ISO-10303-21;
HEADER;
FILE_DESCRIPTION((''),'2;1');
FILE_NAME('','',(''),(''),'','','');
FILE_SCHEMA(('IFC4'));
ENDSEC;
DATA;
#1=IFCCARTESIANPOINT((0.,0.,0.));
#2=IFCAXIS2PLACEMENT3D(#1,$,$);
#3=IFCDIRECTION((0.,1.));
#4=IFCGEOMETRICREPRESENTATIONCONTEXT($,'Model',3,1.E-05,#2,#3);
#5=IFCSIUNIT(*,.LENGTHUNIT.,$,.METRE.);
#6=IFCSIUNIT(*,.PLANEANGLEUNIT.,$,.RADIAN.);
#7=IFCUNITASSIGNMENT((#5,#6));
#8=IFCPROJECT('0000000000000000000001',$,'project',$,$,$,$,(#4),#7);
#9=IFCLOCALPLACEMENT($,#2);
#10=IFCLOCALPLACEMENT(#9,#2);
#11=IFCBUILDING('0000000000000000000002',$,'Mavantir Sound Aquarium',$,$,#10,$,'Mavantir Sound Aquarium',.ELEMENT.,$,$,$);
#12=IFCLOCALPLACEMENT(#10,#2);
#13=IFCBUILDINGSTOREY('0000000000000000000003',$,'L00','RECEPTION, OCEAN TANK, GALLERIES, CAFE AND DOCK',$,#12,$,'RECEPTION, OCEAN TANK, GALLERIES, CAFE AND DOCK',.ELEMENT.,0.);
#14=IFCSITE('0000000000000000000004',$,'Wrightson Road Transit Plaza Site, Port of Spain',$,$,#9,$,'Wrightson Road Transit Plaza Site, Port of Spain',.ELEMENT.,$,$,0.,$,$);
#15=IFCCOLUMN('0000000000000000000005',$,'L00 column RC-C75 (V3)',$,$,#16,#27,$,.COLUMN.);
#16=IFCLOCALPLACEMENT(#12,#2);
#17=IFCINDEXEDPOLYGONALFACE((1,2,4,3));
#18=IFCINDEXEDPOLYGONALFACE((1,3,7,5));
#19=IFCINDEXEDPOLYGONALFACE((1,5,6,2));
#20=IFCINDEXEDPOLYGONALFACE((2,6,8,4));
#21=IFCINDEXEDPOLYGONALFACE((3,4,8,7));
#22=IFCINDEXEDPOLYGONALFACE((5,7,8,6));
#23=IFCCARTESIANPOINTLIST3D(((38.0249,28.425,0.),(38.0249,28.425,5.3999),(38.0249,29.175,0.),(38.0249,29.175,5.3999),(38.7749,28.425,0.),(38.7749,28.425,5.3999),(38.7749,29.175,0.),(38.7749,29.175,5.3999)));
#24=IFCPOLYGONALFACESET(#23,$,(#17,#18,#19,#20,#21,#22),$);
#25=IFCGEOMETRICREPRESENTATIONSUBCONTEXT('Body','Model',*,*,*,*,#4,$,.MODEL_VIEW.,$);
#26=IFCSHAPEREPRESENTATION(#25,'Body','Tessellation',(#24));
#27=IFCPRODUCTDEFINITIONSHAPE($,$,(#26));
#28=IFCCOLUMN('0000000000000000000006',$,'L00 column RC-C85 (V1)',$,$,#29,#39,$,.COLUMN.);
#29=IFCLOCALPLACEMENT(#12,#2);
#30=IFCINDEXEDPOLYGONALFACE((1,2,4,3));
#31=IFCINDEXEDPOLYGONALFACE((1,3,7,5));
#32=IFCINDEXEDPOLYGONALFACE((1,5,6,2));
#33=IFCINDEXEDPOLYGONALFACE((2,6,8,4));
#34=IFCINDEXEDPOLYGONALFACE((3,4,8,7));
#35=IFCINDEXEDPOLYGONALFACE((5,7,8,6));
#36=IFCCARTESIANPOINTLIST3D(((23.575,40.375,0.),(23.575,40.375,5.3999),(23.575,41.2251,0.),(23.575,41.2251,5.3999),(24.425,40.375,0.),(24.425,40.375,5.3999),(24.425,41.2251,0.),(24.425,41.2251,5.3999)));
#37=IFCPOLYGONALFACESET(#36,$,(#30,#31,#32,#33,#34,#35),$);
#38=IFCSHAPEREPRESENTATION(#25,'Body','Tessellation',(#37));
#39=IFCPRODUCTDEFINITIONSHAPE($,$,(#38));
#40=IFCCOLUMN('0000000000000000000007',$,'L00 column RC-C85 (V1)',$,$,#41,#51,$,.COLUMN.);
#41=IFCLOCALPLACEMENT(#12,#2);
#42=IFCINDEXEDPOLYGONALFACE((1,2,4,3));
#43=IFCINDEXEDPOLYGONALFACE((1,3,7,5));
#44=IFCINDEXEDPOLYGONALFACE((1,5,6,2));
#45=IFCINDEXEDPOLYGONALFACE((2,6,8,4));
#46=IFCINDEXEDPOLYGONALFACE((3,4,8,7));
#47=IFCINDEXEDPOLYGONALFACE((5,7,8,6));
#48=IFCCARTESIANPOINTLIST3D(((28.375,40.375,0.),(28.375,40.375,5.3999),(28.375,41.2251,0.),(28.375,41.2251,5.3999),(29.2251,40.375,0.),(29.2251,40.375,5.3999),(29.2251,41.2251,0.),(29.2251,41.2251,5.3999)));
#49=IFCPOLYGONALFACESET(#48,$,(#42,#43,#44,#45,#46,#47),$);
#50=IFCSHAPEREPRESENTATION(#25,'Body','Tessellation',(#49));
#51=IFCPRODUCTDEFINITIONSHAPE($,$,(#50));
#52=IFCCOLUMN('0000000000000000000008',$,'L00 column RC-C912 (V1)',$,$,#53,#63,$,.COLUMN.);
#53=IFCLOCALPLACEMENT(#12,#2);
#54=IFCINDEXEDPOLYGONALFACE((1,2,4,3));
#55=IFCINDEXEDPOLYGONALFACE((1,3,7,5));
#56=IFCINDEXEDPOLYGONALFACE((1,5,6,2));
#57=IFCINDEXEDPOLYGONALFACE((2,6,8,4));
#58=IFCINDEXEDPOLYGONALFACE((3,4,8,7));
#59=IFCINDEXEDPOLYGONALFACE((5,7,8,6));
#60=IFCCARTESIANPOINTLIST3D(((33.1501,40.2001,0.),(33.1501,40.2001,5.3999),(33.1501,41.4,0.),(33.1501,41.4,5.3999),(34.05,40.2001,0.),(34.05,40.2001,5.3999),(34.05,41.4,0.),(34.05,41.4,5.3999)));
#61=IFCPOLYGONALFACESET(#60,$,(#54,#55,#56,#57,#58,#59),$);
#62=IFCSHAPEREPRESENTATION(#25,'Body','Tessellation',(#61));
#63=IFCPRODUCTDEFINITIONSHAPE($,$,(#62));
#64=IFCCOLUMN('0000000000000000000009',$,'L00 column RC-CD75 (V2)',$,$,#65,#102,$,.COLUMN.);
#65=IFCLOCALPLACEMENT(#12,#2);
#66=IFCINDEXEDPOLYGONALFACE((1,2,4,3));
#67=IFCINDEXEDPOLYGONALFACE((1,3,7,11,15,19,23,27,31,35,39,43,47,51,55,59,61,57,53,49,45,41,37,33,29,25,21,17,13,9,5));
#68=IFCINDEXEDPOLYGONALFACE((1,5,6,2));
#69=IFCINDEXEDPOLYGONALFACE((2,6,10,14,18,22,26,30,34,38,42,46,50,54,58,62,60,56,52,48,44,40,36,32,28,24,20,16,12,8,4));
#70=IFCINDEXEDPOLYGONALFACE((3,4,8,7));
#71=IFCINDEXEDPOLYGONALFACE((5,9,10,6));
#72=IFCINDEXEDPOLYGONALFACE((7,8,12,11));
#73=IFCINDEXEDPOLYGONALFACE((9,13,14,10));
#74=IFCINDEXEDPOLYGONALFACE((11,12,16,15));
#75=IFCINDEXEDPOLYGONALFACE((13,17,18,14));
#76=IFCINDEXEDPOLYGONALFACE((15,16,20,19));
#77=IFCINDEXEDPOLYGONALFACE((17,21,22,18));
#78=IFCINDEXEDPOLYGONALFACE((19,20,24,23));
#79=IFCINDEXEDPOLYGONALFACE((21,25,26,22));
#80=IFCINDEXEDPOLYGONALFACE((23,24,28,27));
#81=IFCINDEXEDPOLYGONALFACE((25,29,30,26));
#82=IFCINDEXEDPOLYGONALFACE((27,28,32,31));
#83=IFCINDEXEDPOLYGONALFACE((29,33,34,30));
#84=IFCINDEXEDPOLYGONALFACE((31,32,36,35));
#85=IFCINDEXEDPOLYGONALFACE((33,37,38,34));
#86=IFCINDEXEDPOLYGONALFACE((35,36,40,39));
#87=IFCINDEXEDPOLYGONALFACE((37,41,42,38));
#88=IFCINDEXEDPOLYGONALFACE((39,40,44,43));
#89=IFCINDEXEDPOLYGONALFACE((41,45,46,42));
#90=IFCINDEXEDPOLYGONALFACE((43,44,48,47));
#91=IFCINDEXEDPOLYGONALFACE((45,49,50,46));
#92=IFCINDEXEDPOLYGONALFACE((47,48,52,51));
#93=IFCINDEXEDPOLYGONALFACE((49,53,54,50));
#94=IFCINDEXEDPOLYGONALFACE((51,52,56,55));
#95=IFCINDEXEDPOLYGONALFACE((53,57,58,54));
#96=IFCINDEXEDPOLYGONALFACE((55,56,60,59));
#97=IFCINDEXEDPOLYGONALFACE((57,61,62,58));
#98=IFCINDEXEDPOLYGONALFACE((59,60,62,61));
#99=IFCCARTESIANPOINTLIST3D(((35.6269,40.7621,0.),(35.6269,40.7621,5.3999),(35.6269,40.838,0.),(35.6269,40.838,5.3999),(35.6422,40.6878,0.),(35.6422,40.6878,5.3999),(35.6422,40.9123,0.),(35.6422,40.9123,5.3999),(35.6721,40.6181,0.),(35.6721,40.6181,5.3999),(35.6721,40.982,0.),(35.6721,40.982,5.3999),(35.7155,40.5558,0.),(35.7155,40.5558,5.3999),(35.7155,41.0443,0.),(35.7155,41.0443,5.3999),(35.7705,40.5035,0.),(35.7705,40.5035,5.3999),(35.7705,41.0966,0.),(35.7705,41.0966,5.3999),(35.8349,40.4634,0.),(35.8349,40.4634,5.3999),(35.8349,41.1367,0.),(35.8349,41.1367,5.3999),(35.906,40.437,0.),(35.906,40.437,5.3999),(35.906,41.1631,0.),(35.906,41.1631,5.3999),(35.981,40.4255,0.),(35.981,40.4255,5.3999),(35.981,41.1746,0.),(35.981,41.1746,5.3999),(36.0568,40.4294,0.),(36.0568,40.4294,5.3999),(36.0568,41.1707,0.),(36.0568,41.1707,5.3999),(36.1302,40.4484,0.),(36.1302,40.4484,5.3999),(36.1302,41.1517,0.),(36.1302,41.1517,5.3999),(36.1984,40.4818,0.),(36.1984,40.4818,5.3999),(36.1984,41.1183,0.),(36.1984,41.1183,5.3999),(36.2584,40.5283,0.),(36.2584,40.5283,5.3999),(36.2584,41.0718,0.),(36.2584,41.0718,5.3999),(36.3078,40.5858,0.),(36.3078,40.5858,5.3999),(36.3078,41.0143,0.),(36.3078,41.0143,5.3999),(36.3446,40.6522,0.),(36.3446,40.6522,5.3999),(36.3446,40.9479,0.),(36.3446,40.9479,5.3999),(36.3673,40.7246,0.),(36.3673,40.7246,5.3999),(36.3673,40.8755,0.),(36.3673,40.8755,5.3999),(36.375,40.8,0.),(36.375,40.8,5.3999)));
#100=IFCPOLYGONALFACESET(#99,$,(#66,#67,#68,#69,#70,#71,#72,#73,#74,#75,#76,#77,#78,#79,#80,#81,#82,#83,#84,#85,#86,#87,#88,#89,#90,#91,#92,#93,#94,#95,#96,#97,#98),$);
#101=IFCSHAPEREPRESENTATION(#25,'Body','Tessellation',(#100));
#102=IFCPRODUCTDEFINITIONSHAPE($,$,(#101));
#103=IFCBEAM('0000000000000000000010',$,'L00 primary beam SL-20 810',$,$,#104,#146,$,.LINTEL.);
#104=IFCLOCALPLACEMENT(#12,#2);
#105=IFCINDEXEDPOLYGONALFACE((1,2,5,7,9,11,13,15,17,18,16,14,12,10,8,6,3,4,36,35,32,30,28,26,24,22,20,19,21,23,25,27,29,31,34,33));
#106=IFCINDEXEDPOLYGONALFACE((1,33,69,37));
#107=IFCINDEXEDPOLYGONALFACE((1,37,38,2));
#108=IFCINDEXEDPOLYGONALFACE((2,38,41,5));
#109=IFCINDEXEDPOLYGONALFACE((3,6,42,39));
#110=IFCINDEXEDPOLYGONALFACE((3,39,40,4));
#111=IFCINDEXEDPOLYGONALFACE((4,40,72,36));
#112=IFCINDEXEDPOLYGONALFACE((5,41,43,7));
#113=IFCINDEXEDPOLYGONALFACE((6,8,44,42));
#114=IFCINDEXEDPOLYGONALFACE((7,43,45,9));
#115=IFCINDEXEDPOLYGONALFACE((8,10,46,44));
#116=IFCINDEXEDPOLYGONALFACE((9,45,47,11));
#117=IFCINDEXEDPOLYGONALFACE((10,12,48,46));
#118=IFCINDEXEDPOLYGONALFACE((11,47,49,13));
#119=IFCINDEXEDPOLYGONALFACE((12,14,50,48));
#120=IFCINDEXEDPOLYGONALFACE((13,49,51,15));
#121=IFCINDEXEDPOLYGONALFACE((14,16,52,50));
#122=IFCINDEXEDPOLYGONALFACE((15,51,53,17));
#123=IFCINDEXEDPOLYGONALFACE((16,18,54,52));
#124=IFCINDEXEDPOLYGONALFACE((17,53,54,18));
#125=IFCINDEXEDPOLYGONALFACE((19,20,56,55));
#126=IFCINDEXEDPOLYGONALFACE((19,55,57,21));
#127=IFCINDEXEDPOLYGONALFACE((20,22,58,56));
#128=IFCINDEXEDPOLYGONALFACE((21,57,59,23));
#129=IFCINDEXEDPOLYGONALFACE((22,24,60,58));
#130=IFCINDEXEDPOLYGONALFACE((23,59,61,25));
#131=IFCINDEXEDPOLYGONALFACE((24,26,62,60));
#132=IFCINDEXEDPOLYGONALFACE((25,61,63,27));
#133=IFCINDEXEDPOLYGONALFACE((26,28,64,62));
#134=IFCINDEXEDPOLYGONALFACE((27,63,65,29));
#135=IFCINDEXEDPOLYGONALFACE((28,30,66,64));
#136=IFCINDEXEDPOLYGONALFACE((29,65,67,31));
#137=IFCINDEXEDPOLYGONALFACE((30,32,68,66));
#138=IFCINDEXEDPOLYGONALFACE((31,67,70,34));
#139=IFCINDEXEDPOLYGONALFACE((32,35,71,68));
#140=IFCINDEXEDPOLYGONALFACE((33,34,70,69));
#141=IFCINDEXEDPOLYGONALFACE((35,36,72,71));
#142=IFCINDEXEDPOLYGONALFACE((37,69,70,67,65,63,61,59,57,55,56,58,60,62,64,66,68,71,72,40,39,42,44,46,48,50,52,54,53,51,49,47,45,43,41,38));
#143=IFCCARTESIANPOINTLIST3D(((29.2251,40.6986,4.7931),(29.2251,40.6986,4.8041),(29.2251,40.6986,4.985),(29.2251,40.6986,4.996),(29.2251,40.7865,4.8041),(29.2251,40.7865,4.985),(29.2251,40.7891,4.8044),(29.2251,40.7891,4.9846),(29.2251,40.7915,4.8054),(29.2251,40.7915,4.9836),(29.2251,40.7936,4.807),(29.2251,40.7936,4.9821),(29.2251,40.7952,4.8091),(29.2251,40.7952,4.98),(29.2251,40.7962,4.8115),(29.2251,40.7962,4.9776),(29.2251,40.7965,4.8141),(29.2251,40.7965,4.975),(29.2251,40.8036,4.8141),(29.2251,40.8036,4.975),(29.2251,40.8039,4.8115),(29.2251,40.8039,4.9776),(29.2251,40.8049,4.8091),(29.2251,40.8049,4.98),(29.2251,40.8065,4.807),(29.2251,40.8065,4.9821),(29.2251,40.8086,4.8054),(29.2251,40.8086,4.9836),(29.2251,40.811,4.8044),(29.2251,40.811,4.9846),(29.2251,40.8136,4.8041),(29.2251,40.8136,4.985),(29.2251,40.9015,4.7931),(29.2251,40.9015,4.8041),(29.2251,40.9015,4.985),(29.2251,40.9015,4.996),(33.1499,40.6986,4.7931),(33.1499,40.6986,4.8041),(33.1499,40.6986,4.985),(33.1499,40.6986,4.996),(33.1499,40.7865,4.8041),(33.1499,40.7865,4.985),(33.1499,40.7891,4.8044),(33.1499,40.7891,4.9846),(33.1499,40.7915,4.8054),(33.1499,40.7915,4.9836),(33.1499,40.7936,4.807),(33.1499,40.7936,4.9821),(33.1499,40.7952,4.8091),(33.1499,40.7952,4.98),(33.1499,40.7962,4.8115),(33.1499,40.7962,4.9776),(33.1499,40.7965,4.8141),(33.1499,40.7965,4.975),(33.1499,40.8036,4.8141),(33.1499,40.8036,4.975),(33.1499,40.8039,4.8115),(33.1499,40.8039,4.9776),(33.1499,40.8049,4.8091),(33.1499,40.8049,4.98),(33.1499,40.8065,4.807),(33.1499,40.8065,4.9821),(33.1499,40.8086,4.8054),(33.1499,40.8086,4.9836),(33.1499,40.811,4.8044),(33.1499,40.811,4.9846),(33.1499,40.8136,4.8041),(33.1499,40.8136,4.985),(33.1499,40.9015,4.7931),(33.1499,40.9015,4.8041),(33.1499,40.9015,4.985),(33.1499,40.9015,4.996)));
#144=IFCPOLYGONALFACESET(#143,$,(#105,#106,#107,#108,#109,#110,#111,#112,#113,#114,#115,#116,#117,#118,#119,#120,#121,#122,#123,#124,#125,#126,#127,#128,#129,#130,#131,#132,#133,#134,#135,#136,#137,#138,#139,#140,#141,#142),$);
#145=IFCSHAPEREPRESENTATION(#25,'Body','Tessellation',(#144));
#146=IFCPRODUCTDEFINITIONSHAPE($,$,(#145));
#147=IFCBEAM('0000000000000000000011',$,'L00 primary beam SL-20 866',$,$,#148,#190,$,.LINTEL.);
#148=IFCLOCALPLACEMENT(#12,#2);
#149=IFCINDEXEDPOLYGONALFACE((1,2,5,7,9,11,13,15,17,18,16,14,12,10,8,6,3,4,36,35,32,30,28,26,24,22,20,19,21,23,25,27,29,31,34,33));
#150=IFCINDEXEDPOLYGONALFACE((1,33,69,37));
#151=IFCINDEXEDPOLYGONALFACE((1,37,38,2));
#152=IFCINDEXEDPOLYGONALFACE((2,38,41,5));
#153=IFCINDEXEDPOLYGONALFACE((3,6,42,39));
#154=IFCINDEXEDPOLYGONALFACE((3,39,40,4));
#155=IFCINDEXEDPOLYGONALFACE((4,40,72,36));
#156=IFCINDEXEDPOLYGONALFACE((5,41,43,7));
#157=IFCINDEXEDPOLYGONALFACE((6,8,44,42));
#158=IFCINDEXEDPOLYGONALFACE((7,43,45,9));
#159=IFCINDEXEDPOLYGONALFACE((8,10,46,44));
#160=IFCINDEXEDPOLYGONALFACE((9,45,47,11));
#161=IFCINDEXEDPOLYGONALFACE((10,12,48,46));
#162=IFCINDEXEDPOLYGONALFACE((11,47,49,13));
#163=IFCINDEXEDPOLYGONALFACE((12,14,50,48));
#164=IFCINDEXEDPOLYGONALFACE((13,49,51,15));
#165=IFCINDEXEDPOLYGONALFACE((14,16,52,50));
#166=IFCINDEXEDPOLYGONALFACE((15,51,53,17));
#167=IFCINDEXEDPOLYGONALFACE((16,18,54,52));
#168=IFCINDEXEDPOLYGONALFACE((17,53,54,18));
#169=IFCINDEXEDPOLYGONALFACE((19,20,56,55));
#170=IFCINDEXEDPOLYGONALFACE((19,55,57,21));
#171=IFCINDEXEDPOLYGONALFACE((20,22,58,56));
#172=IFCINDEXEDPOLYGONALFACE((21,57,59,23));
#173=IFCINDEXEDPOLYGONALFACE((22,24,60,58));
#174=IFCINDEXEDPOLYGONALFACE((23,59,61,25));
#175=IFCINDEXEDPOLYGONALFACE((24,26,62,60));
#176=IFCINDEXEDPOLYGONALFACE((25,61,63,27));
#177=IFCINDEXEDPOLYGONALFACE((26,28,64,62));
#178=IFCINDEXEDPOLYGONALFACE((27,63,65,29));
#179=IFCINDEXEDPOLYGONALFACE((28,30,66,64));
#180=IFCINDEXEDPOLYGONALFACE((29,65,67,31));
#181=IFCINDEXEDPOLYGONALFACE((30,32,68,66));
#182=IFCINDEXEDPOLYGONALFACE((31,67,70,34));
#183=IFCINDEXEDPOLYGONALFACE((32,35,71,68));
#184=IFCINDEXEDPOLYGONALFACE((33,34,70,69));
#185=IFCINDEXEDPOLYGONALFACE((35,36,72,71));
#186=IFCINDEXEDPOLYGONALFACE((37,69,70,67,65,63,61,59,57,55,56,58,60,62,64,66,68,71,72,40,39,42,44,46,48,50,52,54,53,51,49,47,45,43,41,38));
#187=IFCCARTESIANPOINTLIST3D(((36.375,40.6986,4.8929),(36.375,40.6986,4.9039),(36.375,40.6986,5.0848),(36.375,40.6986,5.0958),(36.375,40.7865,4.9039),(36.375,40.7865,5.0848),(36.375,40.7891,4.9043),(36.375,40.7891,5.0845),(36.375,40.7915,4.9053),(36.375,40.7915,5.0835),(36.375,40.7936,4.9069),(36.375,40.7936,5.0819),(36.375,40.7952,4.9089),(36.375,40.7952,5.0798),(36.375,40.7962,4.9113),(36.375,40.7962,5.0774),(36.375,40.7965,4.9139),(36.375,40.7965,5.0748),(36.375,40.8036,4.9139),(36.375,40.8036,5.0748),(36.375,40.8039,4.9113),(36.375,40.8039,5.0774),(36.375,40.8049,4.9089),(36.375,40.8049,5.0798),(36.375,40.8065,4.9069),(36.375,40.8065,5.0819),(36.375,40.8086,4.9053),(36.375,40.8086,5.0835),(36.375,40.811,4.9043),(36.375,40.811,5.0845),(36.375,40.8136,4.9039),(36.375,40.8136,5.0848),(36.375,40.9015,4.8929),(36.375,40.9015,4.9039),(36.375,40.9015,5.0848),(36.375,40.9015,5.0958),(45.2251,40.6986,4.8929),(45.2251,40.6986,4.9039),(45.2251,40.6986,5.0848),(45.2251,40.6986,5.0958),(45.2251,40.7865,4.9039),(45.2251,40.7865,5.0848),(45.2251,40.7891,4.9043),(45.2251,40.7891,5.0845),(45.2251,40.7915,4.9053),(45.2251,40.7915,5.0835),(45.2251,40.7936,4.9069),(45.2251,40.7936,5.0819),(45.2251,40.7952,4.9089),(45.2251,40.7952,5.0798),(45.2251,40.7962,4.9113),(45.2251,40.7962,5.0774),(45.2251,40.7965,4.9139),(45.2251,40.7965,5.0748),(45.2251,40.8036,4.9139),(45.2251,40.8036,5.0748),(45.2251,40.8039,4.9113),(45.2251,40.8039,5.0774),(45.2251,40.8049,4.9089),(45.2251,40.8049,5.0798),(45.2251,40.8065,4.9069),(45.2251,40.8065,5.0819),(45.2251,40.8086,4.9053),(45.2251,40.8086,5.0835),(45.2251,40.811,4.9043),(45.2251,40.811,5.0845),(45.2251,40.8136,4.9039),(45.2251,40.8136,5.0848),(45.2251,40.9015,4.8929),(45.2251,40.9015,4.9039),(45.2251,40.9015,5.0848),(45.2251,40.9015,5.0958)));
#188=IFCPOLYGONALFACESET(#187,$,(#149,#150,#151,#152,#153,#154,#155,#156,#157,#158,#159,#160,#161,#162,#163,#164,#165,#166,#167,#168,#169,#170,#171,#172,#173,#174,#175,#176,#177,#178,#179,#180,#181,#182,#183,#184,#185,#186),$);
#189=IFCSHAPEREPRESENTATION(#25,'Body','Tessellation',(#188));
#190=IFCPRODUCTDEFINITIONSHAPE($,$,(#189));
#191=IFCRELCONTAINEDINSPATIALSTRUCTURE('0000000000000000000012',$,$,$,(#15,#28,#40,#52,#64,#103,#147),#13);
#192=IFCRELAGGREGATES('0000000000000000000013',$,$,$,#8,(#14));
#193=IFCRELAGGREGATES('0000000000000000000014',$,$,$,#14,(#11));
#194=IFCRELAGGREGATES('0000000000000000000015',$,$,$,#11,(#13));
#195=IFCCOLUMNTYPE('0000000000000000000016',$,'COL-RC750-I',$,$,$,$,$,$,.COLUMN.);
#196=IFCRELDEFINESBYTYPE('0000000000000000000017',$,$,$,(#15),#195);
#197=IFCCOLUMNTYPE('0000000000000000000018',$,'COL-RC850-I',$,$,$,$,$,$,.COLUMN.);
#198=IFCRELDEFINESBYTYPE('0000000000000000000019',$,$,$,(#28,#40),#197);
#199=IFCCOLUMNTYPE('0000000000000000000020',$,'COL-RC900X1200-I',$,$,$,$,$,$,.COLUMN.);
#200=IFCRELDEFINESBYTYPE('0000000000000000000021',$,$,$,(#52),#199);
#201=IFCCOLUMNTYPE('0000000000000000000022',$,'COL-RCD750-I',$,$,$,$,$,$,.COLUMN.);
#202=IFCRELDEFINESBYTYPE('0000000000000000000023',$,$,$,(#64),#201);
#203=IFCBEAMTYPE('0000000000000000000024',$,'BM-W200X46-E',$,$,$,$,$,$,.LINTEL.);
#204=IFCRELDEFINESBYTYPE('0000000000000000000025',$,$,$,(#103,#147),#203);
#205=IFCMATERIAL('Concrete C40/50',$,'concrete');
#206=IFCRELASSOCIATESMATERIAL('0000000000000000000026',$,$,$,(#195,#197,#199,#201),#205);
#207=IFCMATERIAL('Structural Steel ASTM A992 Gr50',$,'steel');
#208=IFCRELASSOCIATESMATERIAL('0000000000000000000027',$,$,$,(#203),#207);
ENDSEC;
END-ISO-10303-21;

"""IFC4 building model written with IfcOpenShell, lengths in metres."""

from ifc_helpers import new_model, si_unit, direction, frame, origin, origin_2d, place, context, subcontext, project, spatial, rectangle, circle, i_section, extrude, material, material_profile, profile_set, type_object, element, save


model = new_model("IFC4")

# Units and contexts
model_context = context("Model", 3, precision=1e-05, world=origin(), true_north=direction((0.0, 1.0)))
body_context = subcontext(model_context, "Body", "Model", "MODEL_VIEW")
ifc_project = project(units=[si_unit("LENGTHUNIT", "METRE"), si_unit("PLANEANGLEUNIT", "RADIAN")], contexts=[model_context])

# Site, building, storey
site_placement = place(None, origin())
site = spatial("IfcSite", under=ifc_project, at=site_placement, Name="Wrightson Road Transit Plaza Site, Port of Spain", LongName="Wrightson Road Transit Plaza Site, Port of Spain", CompositionType="ELEMENT", RefElevation=0.0)
building_placement = place(site_placement, origin())
building = spatial("IfcBuilding", under=site, at=building_placement, Name="Mavantir Sound Aquarium", LongName="Mavantir Sound Aquarium", CompositionType="ELEMENT")
storey_placement = place(building_placement, origin())
storey = spatial("IfcBuildingStorey", under=building, at=storey_placement, Name="L00", Description="RECEPTION, OCEAN TANK, GALLERIES, CAFE AND DOCK", LongName="RECEPTION, OCEAN TANK, GALLERIES, CAFE AND DOCK", CompositionType="ELEMENT", Elevation=0.0)

# Columns
ifc_material_1 = material(Name="Concrete C40/50", Category="concrete")
ifc_material_profile_1 = material_profile(ifc_material_1, rectangle(XDim=0.75, YDim=0.75, at=origin_2d()), Name="RC 750X750")
ifc_profile_set_1 = profile_set([ifc_material_profile_1], Name="Concrete C40/50")
column_type_1 = type_object("IfcColumnType", Name="COL-RC750-I", PredefinedType="COLUMN", material=ifc_profile_set_1)
column_1_placement = place(storey_placement, frame((38.3999, 28.8, 0.0), z_axis=(0.0, 0.0, 1.0), x_axis=(1.0, 0.0, 0.0)))
element("IfcColumn", 1, at=column_1_placement, inside=storey, type_object=column_type_1, Name="L00 column RC-C75 (V3)", PredefinedType="COLUMN", context=body_context, shape_type="SweptSolid", body=[
    extrude(rectangle(XDim=0.75, YDim=0.75, at=origin_2d()), origin(), (0.0, 0.0, 1.0), 5.3999),
])
ifc_material_profile_2 = material_profile(ifc_material_1, rectangle(XDim=0.8501, YDim=0.8501, at=origin_2d()), Name="RC 850X850")
ifc_profile_set_2 = profile_set([ifc_material_profile_2], Name="Concrete C40/50")
column_type_2 = type_object("IfcColumnType", Name="COL-RC850-I", PredefinedType="COLUMN", material=ifc_profile_set_2)
for number, where, z_axis, x_axis, name in (
    (2, (24.0, 40.8, 0.0), (0.0, 0.0, 1.0), (1.0, 0.0, 0.0), "L00 column RC-C85 (V1)"),
    (3, (28.8, 40.8, 0.0), (0.0, 0.0, 1.0), (1.0, 0.0, 0.0), "L00 column RC-C85 (V1)"),
):
    element("IfcColumn", number, at=place(storey_placement, frame(where, z_axis=z_axis, x_axis=x_axis)), inside=storey, type_object=column_type_2, Name=name, PredefinedType="COLUMN", context=body_context, shape_type="SweptSolid", body=[
        extrude(rectangle(XDim=0.8501, YDim=0.8501, at=origin_2d()), origin(), (0.0, 0.0, 1.0), 5.3999),
    ])
ifc_material_profile_3 = material_profile(ifc_material_1, rectangle(XDim=0.8999, YDim=1.2, at=origin_2d()), Name="RC 900X1200")
ifc_profile_set_3 = profile_set([ifc_material_profile_3], Name="Concrete C40/50")
column_type_3 = type_object("IfcColumnType", Name="COL-RC900X1200-I", PredefinedType="COLUMN", material=ifc_profile_set_3)
column_2_placement = place(storey_placement, frame((33.6001, 40.8, 0.0), z_axis=(0.0, 0.0, 1.0), x_axis=(1.0, 0.0, 0.0)))
element("IfcColumn", 4, at=column_2_placement, inside=storey, type_object=column_type_3, Name="L00 column RC-C912 (V1)", PredefinedType="COLUMN", context=body_context, shape_type="SweptSolid", body=[
    extrude(rectangle(XDim=0.8999, YDim=1.2, at=origin_2d()), origin(), (0.0, 0.0, 1.0), 5.3999),
])
ifc_material_profile_4 = material_profile(ifc_material_1, circle(Radius=0.375, at=origin_2d()), Name="RC D750")
ifc_profile_set_4 = profile_set([ifc_material_profile_4], Name="Concrete C40/50")
column_type_4 = type_object("IfcColumnType", Name="COL-RCD750-I", PredefinedType="COLUMN", material=ifc_profile_set_4)
column_3_placement = place(storey_placement, frame((36.0, 40.8, 0.0), z_axis=(0.0, 0.0, 1.0), x_axis=(1.0, 0.0, 0.0)))
element("IfcColumn", 5, at=column_3_placement, inside=storey, type_object=column_type_4, Name="L00 column RC-CD75 (V2)", PredefinedType="COLUMN", context=body_context, shape_type="SweptSolid", body=[
    extrude(circle(Radius=0.375, at=origin_2d()), origin(), (0.0, 0.0, 1.0), 5.3999),
])

# Beams
ifc_material_2 = material(Name="Structural Steel ASTM A992 Gr50", Category="steel")
ifc_material_profile_5 = material_profile(ifc_material_2, i_section(OverallWidth=0.2029, OverallDepth=0.2029, WebThickness=0.0071, FlangeThickness=0.011, FilletRadius=0.01, at=origin_2d()), Name="W200X46")
ifc_profile_set_5 = profile_set([ifc_material_profile_5], Name="Structural Steel ASTM A992 Gr50")
beam_type_1 = type_object("IfcBeamType", Name="BM-W200X46-E", PredefinedType="LINTEL", material=ifc_profile_set_5)
beam_1_placement = place(storey_placement, frame((29.2251, 40.8, 4.8945), z_axis=(1.0, 0.0, 0.0), x_axis=(0.0, 1.0, 0.0)))
element("IfcBeam", 6, at=beam_1_placement, inside=storey, type_object=beam_type_1, Name="L00 primary beam SL-20 810", PredefinedType="LINTEL", context=body_context, shape_type="SweptSolid", body=[
    extrude(i_section(OverallWidth=0.2029, OverallDepth=0.2029, WebThickness=0.0071, FlangeThickness=0.011, FilletRadius=0.01, at=origin_2d()), origin(), (0.0, 0.0, 1.0), 3.9248),
])
beam_2_placement = place(storey_placement, frame((36.375, 40.8, 4.9944), z_axis=(1.0, 0.0, 0.0), x_axis=(0.0, 1.0, 0.0)))
element("IfcBeam", 7, at=beam_2_placement, inside=storey, type_object=beam_type_1, Name="L00 primary beam SL-20 866", PredefinedType="LINTEL", context=body_context, shape_type="SweptSolid", body=[
    extrude(i_section(OverallWidth=0.2029, OverallDepth=0.2029, WebThickness=0.0071, FlangeThickness=0.011, FilletRadius=0.01, at=origin_2d()), origin(), (0.0, 0.0, 1.0), 8.8501),
])

save(model, "model.ifc")
